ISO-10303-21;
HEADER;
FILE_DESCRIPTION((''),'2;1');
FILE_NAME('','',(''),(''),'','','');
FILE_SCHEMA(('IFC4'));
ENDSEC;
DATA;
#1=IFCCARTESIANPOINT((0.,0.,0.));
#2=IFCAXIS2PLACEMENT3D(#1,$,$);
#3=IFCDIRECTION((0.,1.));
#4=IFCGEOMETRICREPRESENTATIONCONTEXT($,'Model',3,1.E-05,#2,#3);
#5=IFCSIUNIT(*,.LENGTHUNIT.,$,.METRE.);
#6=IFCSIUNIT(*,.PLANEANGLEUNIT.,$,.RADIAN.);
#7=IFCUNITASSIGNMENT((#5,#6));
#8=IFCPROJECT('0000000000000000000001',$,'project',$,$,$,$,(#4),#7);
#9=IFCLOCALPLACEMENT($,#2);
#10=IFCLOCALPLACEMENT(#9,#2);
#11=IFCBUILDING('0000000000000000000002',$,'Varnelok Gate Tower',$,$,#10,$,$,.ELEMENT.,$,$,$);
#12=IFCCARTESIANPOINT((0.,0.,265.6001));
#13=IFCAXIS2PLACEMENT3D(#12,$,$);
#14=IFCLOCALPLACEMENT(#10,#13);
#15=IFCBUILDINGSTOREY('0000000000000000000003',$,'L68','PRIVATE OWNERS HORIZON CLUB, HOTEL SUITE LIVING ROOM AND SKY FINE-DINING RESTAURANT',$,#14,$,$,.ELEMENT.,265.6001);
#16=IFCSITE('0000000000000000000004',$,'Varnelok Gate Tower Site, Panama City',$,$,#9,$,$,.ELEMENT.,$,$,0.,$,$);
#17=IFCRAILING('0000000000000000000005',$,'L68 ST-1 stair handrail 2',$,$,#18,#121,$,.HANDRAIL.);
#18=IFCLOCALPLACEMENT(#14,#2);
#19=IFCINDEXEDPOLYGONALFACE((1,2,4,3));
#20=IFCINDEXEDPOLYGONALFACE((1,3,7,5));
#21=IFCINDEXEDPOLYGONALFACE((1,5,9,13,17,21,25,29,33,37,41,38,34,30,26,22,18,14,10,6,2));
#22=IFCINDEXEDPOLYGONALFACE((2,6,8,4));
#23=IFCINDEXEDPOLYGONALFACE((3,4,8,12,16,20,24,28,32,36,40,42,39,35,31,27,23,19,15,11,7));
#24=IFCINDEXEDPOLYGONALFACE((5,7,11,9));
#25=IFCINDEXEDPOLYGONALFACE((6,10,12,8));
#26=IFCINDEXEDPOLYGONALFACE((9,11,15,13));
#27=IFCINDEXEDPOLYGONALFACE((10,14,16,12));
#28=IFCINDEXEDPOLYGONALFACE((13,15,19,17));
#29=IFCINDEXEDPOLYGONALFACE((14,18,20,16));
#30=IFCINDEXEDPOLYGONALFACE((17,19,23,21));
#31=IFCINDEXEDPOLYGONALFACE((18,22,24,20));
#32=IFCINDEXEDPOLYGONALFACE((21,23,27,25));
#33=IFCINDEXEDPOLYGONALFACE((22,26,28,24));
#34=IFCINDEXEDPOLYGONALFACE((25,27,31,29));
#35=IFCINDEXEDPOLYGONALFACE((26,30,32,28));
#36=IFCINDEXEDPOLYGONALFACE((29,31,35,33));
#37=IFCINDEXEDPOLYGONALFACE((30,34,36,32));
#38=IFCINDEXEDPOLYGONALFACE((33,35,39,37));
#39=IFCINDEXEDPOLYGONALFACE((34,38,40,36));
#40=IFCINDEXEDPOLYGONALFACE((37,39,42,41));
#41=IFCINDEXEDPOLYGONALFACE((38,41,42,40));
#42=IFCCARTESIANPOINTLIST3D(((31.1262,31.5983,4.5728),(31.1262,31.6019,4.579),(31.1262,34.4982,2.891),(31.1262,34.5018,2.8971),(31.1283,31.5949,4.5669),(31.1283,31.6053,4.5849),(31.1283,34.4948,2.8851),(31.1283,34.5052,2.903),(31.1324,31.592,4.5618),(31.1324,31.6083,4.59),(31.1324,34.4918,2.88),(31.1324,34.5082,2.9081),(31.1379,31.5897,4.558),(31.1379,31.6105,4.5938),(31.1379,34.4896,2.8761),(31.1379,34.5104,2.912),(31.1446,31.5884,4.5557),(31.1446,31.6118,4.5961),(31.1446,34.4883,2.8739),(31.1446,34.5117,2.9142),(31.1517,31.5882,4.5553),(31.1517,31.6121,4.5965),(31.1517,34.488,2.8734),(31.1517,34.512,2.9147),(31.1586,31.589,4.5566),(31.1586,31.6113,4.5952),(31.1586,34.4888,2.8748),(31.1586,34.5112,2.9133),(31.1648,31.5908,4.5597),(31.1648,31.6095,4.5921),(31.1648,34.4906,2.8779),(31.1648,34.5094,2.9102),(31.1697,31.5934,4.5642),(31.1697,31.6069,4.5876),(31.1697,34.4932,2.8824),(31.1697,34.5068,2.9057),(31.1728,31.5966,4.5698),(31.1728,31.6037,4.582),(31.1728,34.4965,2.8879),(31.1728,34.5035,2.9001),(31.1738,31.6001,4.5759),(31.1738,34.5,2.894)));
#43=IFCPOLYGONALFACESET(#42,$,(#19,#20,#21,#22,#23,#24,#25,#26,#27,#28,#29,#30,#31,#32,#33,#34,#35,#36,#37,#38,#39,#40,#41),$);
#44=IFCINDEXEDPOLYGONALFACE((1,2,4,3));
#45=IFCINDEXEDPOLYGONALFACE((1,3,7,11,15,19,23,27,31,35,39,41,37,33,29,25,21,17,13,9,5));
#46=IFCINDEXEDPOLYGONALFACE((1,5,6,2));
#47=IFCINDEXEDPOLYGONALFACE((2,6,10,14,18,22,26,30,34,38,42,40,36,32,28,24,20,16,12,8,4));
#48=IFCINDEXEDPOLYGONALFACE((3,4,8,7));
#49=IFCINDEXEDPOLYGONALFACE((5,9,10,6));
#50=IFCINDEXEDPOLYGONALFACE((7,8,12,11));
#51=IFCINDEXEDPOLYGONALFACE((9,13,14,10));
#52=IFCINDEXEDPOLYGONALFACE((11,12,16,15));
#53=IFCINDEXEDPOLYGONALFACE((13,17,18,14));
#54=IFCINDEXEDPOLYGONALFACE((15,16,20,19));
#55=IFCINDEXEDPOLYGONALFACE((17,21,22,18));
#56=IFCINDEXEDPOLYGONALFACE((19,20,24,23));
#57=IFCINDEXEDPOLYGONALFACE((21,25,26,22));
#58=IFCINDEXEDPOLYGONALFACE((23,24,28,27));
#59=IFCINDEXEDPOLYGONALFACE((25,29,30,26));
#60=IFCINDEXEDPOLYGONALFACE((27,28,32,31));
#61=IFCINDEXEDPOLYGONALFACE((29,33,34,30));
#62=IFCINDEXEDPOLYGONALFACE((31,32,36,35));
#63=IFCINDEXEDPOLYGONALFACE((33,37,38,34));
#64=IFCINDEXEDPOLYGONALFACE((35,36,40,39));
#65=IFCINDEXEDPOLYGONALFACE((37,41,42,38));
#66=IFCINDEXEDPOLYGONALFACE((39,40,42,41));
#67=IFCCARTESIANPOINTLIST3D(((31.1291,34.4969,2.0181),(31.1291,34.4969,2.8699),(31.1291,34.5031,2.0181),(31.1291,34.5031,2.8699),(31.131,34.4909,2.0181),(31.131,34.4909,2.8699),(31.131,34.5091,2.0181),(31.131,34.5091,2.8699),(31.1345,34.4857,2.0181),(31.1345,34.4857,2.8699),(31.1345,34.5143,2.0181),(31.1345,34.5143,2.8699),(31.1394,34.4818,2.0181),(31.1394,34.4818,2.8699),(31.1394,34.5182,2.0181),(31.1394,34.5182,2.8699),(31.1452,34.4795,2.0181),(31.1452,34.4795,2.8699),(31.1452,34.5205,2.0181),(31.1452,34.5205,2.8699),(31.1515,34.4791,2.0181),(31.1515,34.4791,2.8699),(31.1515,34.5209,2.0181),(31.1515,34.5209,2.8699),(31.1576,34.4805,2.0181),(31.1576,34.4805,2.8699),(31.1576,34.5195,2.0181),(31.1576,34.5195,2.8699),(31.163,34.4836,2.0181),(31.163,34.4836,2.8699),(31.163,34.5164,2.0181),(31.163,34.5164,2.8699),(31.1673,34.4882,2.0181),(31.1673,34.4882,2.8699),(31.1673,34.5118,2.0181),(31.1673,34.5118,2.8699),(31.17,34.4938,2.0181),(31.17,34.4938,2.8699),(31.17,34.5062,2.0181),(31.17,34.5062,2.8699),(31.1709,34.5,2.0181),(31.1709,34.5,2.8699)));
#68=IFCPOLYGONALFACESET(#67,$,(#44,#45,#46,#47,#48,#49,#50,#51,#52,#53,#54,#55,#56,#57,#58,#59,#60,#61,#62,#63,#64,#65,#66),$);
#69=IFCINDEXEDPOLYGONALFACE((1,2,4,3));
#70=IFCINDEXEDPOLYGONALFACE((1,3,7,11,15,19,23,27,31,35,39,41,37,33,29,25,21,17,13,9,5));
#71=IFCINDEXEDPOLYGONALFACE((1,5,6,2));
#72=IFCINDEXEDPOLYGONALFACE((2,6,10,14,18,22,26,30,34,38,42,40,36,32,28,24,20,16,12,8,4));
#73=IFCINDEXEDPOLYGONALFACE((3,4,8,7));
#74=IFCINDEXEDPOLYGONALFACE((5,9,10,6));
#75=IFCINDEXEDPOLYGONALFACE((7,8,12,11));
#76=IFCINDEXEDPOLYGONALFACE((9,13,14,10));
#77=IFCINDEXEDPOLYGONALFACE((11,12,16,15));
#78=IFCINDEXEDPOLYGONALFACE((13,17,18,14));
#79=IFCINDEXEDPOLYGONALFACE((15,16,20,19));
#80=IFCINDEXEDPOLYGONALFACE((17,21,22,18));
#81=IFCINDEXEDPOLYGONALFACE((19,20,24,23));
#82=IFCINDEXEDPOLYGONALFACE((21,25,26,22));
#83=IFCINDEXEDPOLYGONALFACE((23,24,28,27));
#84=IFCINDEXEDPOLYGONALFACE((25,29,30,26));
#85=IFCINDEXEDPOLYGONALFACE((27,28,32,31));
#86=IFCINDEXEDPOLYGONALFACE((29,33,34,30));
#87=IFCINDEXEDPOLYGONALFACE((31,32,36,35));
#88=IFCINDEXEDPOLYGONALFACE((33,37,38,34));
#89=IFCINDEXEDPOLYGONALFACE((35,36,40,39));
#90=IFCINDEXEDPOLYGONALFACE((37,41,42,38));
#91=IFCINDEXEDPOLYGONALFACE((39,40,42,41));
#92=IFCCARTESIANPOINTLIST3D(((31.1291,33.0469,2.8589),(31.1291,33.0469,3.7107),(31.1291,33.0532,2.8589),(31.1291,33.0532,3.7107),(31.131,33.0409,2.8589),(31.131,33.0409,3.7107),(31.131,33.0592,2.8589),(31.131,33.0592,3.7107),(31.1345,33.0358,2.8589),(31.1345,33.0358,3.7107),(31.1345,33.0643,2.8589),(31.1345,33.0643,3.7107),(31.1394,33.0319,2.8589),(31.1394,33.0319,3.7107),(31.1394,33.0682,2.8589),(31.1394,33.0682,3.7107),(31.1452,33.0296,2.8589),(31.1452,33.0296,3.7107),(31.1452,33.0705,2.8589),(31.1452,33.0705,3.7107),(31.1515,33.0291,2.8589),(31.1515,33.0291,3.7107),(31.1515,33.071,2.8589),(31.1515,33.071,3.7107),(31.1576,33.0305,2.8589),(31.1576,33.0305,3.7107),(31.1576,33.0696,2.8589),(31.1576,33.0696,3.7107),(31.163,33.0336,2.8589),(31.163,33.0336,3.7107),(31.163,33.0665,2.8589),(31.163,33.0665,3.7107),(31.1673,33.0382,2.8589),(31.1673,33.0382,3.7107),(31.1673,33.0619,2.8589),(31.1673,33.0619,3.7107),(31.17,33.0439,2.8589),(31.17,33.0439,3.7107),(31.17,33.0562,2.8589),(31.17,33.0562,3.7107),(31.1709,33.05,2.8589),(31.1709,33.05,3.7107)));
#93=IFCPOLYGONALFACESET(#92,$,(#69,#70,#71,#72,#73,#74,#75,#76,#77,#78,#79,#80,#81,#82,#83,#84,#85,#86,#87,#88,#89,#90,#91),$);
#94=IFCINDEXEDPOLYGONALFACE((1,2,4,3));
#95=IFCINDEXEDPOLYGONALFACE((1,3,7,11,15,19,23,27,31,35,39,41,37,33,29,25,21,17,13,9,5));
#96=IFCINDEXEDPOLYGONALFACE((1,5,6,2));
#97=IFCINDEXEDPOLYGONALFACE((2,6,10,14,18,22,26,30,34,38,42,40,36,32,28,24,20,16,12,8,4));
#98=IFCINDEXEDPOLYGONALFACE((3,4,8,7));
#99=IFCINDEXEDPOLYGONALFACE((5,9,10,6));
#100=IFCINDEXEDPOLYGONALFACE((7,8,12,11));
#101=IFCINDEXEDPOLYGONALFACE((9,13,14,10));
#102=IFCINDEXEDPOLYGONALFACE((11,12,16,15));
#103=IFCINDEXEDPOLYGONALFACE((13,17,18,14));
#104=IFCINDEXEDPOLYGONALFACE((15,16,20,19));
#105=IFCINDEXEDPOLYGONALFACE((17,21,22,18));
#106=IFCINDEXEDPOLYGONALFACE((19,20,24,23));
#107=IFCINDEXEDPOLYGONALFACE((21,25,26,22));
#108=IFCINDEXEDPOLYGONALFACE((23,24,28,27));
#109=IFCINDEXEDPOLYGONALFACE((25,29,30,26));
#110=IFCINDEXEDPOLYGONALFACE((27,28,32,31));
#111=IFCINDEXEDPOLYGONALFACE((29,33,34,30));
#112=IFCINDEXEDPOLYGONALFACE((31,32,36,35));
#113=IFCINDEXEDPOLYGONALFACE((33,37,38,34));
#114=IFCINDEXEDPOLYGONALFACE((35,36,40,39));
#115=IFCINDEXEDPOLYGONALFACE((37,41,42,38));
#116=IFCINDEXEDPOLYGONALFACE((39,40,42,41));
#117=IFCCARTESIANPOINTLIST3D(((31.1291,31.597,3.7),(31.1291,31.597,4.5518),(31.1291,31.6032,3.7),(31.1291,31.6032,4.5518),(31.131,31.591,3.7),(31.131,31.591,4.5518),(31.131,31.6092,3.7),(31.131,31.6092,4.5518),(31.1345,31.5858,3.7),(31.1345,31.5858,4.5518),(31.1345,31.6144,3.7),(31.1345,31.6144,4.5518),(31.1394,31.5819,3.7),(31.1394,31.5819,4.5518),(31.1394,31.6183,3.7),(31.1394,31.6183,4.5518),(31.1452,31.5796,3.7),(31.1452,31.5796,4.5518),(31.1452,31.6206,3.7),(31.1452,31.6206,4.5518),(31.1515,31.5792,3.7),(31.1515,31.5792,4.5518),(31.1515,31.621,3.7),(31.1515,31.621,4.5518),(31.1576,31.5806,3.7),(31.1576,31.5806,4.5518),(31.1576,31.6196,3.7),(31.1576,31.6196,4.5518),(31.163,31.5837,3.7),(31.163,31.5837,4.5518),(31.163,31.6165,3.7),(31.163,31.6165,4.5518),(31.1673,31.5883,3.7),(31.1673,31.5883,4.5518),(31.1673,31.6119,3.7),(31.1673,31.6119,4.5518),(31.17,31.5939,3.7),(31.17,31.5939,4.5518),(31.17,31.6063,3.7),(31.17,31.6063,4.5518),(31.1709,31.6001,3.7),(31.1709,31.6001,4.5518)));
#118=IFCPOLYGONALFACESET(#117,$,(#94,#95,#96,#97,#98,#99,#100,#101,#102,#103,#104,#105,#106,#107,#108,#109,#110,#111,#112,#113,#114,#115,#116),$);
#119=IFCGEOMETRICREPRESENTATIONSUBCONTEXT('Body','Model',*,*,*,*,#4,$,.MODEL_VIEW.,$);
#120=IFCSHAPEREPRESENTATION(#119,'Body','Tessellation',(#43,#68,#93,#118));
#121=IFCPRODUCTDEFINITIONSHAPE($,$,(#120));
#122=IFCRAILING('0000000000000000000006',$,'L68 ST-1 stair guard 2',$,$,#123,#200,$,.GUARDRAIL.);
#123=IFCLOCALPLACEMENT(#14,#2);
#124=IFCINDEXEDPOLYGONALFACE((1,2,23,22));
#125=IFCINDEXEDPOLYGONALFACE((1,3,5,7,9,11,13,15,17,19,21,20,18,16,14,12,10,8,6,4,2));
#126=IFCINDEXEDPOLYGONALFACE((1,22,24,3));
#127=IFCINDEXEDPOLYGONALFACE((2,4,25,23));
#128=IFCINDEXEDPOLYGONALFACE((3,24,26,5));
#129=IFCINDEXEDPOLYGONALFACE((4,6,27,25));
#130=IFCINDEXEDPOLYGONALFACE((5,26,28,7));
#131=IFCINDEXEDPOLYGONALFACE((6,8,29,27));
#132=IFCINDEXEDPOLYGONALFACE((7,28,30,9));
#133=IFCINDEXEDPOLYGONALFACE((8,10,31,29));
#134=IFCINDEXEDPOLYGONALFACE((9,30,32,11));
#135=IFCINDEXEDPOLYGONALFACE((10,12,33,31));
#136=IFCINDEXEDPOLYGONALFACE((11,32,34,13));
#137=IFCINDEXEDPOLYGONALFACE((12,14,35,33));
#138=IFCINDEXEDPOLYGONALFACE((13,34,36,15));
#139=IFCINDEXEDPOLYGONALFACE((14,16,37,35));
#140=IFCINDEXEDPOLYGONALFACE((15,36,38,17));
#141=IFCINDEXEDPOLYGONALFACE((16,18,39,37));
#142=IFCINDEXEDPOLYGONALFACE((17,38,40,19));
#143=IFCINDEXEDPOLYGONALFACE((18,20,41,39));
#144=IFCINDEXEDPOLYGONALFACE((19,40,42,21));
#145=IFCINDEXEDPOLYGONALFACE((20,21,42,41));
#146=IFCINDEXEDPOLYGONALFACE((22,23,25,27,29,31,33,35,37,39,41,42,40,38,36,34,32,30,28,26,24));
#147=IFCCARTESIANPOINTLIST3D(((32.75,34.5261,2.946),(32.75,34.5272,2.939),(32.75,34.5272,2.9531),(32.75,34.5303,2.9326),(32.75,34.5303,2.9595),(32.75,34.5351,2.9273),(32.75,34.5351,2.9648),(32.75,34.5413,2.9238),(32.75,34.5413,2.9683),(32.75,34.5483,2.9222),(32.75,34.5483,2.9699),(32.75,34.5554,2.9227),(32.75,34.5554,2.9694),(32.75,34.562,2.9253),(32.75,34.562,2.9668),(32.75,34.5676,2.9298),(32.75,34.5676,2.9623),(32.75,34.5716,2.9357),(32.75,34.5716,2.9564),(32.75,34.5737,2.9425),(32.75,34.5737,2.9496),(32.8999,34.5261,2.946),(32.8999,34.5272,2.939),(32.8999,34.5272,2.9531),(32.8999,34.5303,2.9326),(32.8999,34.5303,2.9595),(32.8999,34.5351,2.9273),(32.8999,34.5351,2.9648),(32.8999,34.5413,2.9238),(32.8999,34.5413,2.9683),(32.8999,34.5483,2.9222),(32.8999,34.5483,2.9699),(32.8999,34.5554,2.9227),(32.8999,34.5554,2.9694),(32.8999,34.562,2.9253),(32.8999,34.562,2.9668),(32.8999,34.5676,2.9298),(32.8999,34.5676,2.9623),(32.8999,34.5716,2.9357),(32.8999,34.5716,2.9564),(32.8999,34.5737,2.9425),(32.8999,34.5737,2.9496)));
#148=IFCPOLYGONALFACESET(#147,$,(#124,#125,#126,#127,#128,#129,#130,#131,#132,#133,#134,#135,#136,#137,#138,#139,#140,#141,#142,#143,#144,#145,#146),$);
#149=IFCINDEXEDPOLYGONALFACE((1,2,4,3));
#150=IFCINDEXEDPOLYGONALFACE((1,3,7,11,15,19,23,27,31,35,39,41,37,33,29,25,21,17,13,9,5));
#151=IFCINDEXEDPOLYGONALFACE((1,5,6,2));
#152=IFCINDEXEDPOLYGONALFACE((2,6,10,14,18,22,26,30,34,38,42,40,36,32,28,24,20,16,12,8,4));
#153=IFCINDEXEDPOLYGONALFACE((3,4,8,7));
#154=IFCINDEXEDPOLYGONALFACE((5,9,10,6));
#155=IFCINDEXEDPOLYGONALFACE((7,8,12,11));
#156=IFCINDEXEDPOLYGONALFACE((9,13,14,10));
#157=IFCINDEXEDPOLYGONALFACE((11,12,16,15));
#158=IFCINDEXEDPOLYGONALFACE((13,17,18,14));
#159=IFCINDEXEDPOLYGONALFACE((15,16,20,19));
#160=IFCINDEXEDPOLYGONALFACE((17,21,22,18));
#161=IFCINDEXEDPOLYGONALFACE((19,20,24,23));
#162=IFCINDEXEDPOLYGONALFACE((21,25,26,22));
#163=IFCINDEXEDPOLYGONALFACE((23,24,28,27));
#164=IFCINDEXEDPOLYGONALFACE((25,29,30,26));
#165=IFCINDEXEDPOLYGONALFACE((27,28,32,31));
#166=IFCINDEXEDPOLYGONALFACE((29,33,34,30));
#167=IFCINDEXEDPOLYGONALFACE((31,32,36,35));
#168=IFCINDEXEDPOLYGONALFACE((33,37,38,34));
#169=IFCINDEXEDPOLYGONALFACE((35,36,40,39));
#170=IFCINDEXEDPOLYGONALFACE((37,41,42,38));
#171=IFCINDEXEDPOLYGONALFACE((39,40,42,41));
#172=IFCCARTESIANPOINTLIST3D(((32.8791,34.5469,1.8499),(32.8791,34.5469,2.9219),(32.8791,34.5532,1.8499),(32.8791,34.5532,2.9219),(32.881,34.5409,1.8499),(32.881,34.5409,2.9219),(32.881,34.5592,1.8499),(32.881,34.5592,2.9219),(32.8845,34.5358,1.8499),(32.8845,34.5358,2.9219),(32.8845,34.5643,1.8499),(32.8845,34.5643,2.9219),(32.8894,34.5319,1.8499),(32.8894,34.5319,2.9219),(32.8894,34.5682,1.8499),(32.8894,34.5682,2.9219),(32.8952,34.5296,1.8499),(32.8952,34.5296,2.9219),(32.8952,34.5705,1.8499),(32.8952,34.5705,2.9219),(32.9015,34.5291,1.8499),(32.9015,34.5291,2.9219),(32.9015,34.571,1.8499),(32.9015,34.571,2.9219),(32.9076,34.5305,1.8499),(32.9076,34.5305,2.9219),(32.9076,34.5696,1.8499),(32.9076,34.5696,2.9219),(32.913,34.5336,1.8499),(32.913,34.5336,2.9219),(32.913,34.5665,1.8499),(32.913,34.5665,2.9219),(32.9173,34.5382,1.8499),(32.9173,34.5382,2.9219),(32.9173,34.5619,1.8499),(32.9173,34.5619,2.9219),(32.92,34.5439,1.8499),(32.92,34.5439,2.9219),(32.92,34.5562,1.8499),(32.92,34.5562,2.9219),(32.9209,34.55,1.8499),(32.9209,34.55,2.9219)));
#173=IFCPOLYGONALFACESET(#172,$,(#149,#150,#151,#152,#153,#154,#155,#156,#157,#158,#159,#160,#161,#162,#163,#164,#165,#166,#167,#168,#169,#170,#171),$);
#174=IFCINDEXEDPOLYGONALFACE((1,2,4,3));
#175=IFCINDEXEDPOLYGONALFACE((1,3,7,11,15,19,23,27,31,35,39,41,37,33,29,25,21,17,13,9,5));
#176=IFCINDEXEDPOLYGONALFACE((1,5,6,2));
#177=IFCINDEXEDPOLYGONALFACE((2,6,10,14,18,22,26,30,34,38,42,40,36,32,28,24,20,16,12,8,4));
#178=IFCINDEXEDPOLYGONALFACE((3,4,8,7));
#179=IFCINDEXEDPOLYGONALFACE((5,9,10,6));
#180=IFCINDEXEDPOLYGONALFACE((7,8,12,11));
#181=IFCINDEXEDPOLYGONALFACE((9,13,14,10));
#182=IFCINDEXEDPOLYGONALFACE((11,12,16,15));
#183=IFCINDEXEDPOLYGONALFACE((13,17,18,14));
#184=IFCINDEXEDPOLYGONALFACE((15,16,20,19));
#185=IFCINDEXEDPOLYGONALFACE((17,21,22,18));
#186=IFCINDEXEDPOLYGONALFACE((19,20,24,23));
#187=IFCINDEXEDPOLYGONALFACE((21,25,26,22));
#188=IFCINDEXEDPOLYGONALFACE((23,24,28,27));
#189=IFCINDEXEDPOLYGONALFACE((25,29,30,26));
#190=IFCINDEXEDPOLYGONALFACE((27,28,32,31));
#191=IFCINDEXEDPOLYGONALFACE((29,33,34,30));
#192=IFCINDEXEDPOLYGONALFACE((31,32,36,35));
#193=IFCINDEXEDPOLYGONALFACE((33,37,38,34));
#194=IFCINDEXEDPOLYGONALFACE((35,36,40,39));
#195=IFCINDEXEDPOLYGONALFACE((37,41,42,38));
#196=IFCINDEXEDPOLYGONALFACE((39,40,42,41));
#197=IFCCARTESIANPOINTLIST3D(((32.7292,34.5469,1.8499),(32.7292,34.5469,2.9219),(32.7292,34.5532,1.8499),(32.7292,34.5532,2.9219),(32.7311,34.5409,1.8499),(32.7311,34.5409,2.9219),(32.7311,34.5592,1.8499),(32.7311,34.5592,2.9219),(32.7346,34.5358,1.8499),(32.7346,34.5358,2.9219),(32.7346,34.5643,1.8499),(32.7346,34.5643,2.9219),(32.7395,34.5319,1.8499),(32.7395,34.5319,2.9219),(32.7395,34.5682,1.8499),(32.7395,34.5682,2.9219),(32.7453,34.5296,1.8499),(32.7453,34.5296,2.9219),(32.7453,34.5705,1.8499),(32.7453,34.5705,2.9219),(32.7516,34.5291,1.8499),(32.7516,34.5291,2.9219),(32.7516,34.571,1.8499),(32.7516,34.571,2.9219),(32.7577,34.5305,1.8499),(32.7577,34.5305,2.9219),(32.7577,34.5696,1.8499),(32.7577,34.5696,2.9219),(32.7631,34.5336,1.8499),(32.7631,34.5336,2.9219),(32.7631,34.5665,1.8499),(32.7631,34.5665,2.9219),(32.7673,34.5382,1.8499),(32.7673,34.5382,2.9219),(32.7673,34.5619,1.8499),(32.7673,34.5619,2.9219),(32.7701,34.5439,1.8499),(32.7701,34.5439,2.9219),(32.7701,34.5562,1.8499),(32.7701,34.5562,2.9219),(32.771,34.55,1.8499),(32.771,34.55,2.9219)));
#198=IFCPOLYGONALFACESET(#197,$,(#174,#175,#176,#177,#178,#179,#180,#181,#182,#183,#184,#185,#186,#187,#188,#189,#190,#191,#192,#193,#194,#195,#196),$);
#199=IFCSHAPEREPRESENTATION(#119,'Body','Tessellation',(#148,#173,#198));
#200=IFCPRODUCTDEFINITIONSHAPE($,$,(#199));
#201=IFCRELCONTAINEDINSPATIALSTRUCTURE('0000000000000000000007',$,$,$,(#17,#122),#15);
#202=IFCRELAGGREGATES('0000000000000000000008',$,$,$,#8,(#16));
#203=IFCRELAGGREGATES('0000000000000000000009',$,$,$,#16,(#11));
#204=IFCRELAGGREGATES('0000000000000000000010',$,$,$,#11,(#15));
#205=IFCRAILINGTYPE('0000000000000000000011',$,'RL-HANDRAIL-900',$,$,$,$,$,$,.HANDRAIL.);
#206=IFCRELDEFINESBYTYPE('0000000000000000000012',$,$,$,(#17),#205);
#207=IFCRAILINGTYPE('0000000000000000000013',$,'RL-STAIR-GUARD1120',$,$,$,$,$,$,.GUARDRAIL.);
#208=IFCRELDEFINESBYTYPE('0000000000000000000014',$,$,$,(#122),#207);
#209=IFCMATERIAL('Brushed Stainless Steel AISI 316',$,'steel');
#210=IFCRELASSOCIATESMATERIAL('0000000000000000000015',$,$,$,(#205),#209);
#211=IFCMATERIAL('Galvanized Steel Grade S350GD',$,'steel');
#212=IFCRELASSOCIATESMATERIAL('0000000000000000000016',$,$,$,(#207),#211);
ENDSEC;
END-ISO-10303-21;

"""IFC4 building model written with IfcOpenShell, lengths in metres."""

from ifc_helpers import new_model, si_unit, direction, frame, origin, origin_2d, place, context, subcontext, project, spatial, circle, extrude, material, type_object, element, save


model = new_model("IFC4")

# Units and contexts
model_context = context("Model", 3, precision=1e-05, world=origin(), true_north=direction((0.0, 1.0)))
body_context = subcontext(model_context, "Body", "Model", "MODEL_VIEW")
ifc_project = project(units=[si_unit("LENGTHUNIT", "METRE"), si_unit("PLANEANGLEUNIT", "RADIAN")], contexts=[model_context])

# Site, building, storey
site_placement = place(None, origin())
site = spatial("IfcSite", under=ifc_project, at=site_placement, Name="Varnelok Gate Tower Site, Panama City", CompositionType="ELEMENT", RefElevation=0.0)
building_placement = place(site_placement, origin())
building = spatial("IfcBuilding", under=site, at=building_placement, Name="Varnelok Gate Tower", CompositionType="ELEMENT")
storey_placement = place(building_placement, frame((0.0, 0.0, 265.6001)))
storey = spatial("IfcBuildingStorey", under=building, at=storey_placement, Name="L68", Description="PRIVATE OWNERS HORIZON CLUB, HOTEL SUITE LIVING ROOM AND SKY FINE-DINING RESTAURANT", CompositionType="ELEMENT", Elevation=265.6001)

# Shared definitions
ifc_material_1 = material(Name="Galvanized Steel Grade S350GD", Category="steel")

# Railings
ifc_material_2 = material(Name="Brushed Stainless Steel AISI 316", Category="steel")
railing_type_1 = type_object("IfcRailingType", Name="RL-HANDRAIL-900", PredefinedType="HANDRAIL", material=ifc_material_2)
railing_1_placement = place(storey_placement, frame((31.1499, 34.5, 2.0181)))
element("IfcRailing", 1, at=railing_1_placement, inside=storey, type_object=railing_type_1, Name="L68 ST-1 stair handrail 2", PredefinedType="HANDRAIL", context=body_context, shape_type="SweptSolid", body=[
    extrude(circle(Radius=0.0239, at=origin_2d()), frame((0.0, 0.0, 0.876), z_axis=(0.0, -0.865039, 0.501705), x_axis=(1.0, 0.0, 0.0)), (0.0, 0.0, 1.0), 3.3523),
    extrude(circle(Radius=0.021, at=origin_2d()), origin(), (0.0, 0.0, 1.0), 0.8518),
    extrude(circle(Radius=0.021, at=origin_2d()), frame((0.0, -1.45, 0.8408)), (0.0, 0.0, 1.0), 0.8518),
    extrude(circle(Radius=0.021, at=origin_2d()), frame((0.0, -2.8999, 1.6819)), (0.0, 0.0, 1.0), 0.8518),
])
railing_type_2 = type_object("IfcRailingType", Name="RL-STAIR-GUARD1120", PredefinedType="GUARDRAIL", material=ifc_material_1)
railing_2_placement = place(storey_placement, frame((32.8999, 34.55, 1.8499)))
element("IfcRailing", 2, at=railing_2_placement, inside=storey, type_object=railing_type_2, Name="L68 ST-1 stair guard 2", PredefinedType="GUARDRAIL", context=body_context, shape_type="SweptSolid", body=[
    extrude(circle(Radius=0.0239, at=origin_2d()), frame((0.0, 0.0, 1.0962), z_axis=(-1.0, 0.0, 0.0), x_axis=(0.0, -1.0, 0.0)), (0.0, 0.0, 1.0), 0.1499),
    extrude(circle(Radius=0.021, at=origin_2d()), origin(), (0.0, 0.0, 1.0), 1.072),
    extrude(circle(Radius=0.021, at=origin_2d()), frame((-0.1499, 0.0, 0.0)), (0.0, 0.0, 1.0), 1.072),
])

save(model, "model.ifc")
